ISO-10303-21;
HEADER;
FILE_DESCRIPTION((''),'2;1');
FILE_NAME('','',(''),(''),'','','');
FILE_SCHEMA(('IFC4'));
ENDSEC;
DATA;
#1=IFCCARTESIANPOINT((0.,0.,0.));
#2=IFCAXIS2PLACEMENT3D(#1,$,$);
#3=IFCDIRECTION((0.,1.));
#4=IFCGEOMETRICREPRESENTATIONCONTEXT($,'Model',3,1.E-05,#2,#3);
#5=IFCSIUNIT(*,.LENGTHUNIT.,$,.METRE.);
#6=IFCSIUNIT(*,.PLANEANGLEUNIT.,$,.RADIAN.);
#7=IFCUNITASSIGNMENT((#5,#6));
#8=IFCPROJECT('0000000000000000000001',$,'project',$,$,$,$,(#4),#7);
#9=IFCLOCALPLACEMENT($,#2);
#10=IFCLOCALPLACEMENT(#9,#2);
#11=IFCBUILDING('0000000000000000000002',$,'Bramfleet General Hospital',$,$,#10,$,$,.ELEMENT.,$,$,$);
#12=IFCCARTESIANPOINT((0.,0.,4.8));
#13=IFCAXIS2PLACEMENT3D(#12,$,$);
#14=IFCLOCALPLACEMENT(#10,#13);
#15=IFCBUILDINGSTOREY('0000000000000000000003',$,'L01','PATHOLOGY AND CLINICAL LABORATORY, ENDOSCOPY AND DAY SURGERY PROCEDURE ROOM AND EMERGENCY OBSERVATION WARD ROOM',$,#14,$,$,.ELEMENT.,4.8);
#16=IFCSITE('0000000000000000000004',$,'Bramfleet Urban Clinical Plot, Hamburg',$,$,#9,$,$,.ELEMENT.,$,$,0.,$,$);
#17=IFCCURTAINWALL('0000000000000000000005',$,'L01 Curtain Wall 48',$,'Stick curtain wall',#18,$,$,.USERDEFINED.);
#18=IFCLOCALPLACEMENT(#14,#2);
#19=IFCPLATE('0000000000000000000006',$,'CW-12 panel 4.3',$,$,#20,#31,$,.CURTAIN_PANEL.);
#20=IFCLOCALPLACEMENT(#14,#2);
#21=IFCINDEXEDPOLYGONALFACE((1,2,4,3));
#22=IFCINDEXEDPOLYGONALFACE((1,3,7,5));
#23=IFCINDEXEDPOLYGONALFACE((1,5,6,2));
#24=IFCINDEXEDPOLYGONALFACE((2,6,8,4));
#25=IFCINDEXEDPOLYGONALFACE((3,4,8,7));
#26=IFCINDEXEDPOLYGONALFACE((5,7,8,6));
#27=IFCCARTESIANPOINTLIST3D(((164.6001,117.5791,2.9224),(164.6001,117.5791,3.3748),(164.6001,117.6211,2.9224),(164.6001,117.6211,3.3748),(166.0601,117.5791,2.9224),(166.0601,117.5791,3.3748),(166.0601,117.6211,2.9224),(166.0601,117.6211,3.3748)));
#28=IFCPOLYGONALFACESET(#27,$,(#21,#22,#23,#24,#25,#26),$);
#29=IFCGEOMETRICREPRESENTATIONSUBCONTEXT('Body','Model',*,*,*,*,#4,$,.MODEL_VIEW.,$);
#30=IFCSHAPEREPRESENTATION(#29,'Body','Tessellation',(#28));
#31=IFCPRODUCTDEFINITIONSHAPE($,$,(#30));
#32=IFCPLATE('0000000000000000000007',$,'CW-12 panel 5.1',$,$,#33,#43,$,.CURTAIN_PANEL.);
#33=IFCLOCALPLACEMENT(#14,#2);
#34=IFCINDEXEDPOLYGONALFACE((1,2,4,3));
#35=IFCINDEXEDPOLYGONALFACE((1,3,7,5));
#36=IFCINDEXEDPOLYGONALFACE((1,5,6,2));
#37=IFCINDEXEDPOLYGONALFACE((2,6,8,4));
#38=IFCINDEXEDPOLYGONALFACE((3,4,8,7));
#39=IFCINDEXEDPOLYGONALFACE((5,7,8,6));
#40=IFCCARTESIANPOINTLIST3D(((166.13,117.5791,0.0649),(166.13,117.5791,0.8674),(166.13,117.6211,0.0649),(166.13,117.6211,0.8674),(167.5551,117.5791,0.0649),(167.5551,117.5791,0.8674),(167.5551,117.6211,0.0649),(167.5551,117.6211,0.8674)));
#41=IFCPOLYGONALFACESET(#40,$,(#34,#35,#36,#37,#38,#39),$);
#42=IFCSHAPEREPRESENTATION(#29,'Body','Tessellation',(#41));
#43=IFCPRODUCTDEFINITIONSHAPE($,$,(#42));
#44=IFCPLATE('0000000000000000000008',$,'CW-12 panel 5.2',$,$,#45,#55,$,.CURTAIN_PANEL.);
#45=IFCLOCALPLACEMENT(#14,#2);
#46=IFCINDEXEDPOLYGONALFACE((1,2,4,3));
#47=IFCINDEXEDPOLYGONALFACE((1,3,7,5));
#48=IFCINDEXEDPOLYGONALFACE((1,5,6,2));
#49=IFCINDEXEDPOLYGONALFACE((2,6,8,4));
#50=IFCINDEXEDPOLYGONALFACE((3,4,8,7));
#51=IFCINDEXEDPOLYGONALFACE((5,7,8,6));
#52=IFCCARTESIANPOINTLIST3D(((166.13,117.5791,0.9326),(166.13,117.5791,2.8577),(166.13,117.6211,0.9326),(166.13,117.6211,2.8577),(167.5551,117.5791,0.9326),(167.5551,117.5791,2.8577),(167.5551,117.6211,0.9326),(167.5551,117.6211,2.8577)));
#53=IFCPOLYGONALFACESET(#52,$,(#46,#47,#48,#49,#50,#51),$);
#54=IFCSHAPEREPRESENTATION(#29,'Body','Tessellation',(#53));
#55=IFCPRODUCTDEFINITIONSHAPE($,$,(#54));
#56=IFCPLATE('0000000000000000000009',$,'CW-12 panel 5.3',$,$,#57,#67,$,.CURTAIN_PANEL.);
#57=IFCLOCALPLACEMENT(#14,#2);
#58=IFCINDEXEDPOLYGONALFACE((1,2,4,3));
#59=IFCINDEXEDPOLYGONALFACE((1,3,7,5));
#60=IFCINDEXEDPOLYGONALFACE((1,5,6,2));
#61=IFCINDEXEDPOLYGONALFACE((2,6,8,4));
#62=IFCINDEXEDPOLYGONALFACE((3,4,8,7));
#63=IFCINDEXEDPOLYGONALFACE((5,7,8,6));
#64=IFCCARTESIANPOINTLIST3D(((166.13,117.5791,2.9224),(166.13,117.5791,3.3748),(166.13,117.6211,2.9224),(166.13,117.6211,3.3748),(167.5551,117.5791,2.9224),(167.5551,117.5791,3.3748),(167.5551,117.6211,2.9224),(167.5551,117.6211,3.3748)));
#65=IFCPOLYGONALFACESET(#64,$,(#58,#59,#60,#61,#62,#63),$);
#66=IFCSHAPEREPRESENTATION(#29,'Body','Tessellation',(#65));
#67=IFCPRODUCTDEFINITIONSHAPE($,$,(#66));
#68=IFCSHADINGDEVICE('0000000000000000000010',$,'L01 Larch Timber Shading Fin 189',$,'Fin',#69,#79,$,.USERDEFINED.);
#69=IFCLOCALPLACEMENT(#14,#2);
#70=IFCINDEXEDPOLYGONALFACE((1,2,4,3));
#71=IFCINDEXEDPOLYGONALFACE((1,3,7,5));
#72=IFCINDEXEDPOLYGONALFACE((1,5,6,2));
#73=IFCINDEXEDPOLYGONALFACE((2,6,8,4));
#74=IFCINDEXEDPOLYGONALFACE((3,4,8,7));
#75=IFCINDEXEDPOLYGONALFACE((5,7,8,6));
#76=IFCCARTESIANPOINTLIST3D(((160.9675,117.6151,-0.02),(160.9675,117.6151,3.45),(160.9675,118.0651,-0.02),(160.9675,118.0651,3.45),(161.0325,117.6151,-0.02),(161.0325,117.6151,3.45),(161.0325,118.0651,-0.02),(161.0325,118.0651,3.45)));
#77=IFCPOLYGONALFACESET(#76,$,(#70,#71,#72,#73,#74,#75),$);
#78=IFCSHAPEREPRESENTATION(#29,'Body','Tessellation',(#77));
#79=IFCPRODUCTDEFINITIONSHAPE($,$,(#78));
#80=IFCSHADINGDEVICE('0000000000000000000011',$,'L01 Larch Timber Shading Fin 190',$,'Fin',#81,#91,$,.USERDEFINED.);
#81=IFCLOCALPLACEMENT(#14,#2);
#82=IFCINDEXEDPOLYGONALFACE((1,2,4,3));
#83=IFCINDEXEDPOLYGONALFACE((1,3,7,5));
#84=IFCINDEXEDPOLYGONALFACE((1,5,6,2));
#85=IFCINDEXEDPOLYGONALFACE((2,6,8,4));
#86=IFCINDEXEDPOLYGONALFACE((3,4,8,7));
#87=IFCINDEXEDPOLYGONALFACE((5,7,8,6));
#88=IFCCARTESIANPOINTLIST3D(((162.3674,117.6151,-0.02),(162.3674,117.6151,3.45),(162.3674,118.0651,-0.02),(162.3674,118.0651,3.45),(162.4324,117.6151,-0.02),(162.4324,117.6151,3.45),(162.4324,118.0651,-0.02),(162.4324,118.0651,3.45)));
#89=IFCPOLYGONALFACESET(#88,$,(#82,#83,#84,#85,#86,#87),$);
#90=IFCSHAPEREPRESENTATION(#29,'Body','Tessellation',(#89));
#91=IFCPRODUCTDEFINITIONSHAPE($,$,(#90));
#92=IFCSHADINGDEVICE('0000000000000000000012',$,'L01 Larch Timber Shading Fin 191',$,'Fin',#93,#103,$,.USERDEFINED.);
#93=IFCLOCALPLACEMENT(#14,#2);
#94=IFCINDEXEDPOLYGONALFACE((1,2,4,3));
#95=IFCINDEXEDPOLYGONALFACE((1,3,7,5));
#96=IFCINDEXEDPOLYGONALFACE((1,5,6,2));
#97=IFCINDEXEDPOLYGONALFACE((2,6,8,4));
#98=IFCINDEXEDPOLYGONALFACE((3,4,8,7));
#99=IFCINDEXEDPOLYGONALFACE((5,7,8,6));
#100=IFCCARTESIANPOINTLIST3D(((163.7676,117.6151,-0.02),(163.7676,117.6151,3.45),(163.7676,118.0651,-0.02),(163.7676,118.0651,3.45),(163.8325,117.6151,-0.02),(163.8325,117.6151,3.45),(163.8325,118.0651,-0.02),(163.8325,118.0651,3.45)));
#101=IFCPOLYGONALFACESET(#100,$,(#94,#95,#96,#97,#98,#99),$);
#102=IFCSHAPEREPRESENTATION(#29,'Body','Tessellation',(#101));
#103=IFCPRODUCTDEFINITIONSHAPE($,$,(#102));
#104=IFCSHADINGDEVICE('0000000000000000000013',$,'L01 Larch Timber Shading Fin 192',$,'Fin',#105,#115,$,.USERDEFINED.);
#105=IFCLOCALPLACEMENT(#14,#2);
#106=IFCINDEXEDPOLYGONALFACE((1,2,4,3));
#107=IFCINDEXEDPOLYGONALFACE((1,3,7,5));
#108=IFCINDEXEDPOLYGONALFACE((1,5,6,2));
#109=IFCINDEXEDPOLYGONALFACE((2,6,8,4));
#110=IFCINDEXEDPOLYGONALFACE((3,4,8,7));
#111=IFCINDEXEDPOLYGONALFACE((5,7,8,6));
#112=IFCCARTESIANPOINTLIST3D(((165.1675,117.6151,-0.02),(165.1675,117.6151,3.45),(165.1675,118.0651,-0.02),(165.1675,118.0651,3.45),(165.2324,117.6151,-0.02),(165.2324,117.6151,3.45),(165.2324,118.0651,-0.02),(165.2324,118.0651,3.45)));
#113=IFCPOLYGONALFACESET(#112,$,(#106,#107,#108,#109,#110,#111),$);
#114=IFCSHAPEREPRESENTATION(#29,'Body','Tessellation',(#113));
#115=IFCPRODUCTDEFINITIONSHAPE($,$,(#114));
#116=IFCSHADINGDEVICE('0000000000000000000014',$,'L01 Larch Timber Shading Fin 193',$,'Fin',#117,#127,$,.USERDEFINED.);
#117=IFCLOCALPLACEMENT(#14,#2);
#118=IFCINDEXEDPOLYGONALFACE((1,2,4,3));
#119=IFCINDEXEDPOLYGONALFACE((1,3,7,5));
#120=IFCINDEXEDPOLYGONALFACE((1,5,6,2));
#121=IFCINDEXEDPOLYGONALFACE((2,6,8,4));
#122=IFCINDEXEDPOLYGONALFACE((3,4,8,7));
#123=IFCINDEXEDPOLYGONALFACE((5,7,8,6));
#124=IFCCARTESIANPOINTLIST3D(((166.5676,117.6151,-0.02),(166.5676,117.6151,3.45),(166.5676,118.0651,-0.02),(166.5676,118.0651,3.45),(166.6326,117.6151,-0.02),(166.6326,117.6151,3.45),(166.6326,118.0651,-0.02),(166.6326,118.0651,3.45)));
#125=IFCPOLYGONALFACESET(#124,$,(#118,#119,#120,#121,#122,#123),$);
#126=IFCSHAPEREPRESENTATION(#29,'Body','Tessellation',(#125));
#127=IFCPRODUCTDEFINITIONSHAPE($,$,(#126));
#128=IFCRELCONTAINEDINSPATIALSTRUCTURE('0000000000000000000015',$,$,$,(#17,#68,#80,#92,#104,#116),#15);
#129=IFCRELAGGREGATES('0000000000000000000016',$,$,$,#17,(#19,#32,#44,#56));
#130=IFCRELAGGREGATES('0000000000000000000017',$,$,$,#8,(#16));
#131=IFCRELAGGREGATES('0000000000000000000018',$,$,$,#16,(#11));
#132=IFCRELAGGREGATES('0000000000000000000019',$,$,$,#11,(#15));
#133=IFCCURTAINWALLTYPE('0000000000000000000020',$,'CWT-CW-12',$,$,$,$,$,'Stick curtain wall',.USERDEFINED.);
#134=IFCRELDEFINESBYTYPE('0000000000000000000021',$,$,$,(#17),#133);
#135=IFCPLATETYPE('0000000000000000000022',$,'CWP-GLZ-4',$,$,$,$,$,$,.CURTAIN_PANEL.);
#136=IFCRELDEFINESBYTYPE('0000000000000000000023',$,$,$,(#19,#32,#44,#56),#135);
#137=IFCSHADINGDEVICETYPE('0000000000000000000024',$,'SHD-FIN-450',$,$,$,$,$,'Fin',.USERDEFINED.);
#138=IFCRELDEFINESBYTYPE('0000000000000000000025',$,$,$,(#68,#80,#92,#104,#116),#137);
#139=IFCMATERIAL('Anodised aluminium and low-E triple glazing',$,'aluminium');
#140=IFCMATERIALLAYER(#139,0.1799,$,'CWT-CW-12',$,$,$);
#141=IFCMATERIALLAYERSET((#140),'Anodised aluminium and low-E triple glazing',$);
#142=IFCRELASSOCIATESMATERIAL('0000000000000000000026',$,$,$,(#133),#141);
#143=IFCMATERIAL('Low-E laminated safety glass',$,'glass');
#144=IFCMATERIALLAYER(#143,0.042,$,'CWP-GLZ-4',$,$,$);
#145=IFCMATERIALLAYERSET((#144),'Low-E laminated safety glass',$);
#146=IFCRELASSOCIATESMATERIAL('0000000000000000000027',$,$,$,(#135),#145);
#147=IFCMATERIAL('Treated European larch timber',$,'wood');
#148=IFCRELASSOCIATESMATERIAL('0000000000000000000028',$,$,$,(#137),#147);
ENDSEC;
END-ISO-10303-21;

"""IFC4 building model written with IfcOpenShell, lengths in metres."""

from ifc_helpers import new_model, si_unit, direction, frame, origin, origin_2d, place, context, subcontext, project, spatial, rectangle, extrude, material, layer, layer_set, material_profile, profile_set, type_object, element, aggregate, save


model = new_model("IFC4")

# Units and contexts
model_context = context("Model", 3, precision=1e-05, world=origin(), true_north=direction((0.0, 1.0)))
body_context = subcontext(model_context, "Body", "Model", "MODEL_VIEW")
ifc_project = project(units=[si_unit("LENGTHUNIT", "METRE"), si_unit("PLANEANGLEUNIT", "RADIAN")], contexts=[model_context])

# Site, building, storey
site_placement = place(None, origin())
site = spatial("IfcSite", under=ifc_project, at=site_placement, Name="Bramfleet Urban Clinical Plot, Hamburg", CompositionType="ELEMENT", RefElevation=0.0)
building_placement = place(site_placement, origin())
building = spatial("IfcBuilding", under=site, at=building_placement, Name="Bramfleet General Hospital", CompositionType="ELEMENT")
storey_placement = place(building_placement, frame((0.0, 0.0, 4.8)))
storey = spatial("IfcBuildingStorey", under=building, at=storey_placement, Name="L01", Description="PATHOLOGY AND CLINICAL LABORATORY, ENDOSCOPY AND DAY SURGERY PROCEDURE ROOM AND EMERGENCY OBSERVATION WARD ROOM", CompositionType="ELEMENT", Elevation=4.8)

# Curtain wall, plates
ifc_material_1 = material(Name="Anodised aluminium and low-E triple glazing", Category="aluminium")
ifc_layer_1 = layer(ifc_material_1, 0.1799, Name="CWT-CW-12")
ifc_layer_set_1 = layer_set([ifc_layer_1], Name="Anodised aluminium and low-E triple glazing")
curtain_wall_type = type_object("IfcCurtainWallType", Name="CWT-CW-12", ElementType="Stick curtain wall", PredefinedType="USERDEFINED", material=ifc_layer_set_1)
curtain_wall_placement = place(storey_placement, origin())
curtain_wall = element("IfcCurtainWall", 1, at=curtain_wall_placement, inside=storey, type_object=curtain_wall_type, Name="L01 Curtain Wall 48", ObjectType="Stick curtain wall", PredefinedType="USERDEFINED")
ifc_material_2 = material(Name="Low-E laminated safety glass", Category="glass")
ifc_layer_2 = layer(ifc_material_2, 0.042, Name="CWP-GLZ-4")
ifc_layer_set_2 = layer_set([ifc_layer_2], Name="Low-E laminated safety glass")
plate_type = type_object("IfcPlateType", Name="CWP-GLZ-4", PredefinedType="CURTAIN_PANEL", material=ifc_layer_set_2)
plate_1_placement = place(storey_placement, frame((165.3301, 117.6001, 2.9224), z_axis=(0.0, 0.0, 1.0), x_axis=(1.0, 0.0, 0.0)))
plate_1 = element("IfcPlate", 2, at=plate_1_placement, type_object=plate_type, Name="CW-12 panel 4.3", PredefinedType="CURTAIN_PANEL", context=body_context, shape_type="SweptSolid", body=[
    extrude(rectangle(XDim=1.46, YDim=0.042, at=origin_2d()), origin(), (0.0, 0.0, 1.0), 0.4524),
])
plate_2_placement = place(storey_placement, frame((166.8425, 117.6001, 0.0649), z_axis=(0.0, 0.0, 1.0), x_axis=(1.0, 0.0, 0.0)))
plate_2 = element("IfcPlate", 3, at=plate_2_placement, type_object=plate_type, Name="CW-12 panel 5.1", PredefinedType="CURTAIN_PANEL", context=body_context, shape_type="SweptSolid", body=[
    extrude(rectangle(XDim=1.425, YDim=0.042, at=origin_2d()), origin(), (0.0, 0.0, 1.0), 0.8025),
])
plate_3_placement = place(storey_placement, frame((166.8425, 117.6001, 0.9326), z_axis=(0.0, 0.0, 1.0), x_axis=(1.0, 0.0, 0.0)))
plate_3 = element("IfcPlate", 4, at=plate_3_placement, type_object=plate_type, Name="CW-12 panel 5.2", PredefinedType="CURTAIN_PANEL", context=body_context, shape_type="SweptSolid", body=[
    extrude(rectangle(XDim=1.425, YDim=0.042, at=origin_2d()), origin(), (0.0, 0.0, 1.0), 1.925),
])
plate_4_placement = place(storey_placement, frame((166.8425, 117.6001, 2.9224), z_axis=(0.0, 0.0, 1.0), x_axis=(1.0, 0.0, 0.0)))
plate_4 = element("IfcPlate", 5, at=plate_4_placement, type_object=plate_type, Name="CW-12 panel 5.3", PredefinedType="CURTAIN_PANEL", context=body_context, shape_type="SweptSolid", body=[
    extrude(rectangle(XDim=1.425, YDim=0.042, at=origin_2d()), origin(), (0.0, 0.0, 1.0), 0.4524),
])
aggregate(curtain_wall, [plate_1, plate_2, plate_3, plate_4])

# Shading devices
ifc_material_3 = material(Name="Treated European larch timber", Category="wood")
ifc_material_profile_1 = material_profile(ifc_material_3, rectangle(XDim=0.0649, YDim=0.45, at=origin_2d()), Name="LARCH FIN 450x65")
ifc_profile_set_1 = profile_set([ifc_material_profile_1], Name="Treated European larch timber")
shading_device_type = type_object("IfcShadingDeviceType", Name="SHD-FIN-450", ElementType="Fin", PredefinedType="USERDEFINED", material=ifc_profile_set_1)
for number, where, z_axis, x_axis, name in (
    (6, (161.0, 117.8401, -0.02), (0.0, 0.0, 1.0), (1.0, 0.0, 0.0), "L01 Larch Timber Shading Fin 189"),
    (7, (162.3999, 117.8401, -0.02), (0.0, 0.0, 1.0), (1.0, 0.0, 0.0), "L01 Larch Timber Shading Fin 190"),
    (8, (163.8, 117.8401, -0.02), (0.0, 0.0, 1.0), (1.0, 0.0, 0.0), "L01 Larch Timber Shading Fin 191"),
    (9, (165.2, 117.8401, -0.02), (0.0, 0.0, 1.0), (1.0, 0.0, 0.0), "L01 Larch Timber Shading Fin 192"),
    (10, (166.6001, 117.8401, -0.02), (0.0, 0.0, 1.0), (1.0, 0.0, 0.0), "L01 Larch Timber Shading Fin 193"),
):
    element("IfcShadingDevice", number, at=place(storey_placement, frame(where, z_axis=z_axis, x_axis=x_axis)), inside=storey, type_object=shading_device_type, Name=name, ObjectType="Fin", PredefinedType="USERDEFINED", context=body_context, shape_type="SweptSolid", body=[
        extrude(rectangle(XDim=0.0649, YDim=0.45, at=origin_2d()), origin(), (0.0, 0.0, 1.0), 3.47),
    ])

save(model, "model.ifc")
